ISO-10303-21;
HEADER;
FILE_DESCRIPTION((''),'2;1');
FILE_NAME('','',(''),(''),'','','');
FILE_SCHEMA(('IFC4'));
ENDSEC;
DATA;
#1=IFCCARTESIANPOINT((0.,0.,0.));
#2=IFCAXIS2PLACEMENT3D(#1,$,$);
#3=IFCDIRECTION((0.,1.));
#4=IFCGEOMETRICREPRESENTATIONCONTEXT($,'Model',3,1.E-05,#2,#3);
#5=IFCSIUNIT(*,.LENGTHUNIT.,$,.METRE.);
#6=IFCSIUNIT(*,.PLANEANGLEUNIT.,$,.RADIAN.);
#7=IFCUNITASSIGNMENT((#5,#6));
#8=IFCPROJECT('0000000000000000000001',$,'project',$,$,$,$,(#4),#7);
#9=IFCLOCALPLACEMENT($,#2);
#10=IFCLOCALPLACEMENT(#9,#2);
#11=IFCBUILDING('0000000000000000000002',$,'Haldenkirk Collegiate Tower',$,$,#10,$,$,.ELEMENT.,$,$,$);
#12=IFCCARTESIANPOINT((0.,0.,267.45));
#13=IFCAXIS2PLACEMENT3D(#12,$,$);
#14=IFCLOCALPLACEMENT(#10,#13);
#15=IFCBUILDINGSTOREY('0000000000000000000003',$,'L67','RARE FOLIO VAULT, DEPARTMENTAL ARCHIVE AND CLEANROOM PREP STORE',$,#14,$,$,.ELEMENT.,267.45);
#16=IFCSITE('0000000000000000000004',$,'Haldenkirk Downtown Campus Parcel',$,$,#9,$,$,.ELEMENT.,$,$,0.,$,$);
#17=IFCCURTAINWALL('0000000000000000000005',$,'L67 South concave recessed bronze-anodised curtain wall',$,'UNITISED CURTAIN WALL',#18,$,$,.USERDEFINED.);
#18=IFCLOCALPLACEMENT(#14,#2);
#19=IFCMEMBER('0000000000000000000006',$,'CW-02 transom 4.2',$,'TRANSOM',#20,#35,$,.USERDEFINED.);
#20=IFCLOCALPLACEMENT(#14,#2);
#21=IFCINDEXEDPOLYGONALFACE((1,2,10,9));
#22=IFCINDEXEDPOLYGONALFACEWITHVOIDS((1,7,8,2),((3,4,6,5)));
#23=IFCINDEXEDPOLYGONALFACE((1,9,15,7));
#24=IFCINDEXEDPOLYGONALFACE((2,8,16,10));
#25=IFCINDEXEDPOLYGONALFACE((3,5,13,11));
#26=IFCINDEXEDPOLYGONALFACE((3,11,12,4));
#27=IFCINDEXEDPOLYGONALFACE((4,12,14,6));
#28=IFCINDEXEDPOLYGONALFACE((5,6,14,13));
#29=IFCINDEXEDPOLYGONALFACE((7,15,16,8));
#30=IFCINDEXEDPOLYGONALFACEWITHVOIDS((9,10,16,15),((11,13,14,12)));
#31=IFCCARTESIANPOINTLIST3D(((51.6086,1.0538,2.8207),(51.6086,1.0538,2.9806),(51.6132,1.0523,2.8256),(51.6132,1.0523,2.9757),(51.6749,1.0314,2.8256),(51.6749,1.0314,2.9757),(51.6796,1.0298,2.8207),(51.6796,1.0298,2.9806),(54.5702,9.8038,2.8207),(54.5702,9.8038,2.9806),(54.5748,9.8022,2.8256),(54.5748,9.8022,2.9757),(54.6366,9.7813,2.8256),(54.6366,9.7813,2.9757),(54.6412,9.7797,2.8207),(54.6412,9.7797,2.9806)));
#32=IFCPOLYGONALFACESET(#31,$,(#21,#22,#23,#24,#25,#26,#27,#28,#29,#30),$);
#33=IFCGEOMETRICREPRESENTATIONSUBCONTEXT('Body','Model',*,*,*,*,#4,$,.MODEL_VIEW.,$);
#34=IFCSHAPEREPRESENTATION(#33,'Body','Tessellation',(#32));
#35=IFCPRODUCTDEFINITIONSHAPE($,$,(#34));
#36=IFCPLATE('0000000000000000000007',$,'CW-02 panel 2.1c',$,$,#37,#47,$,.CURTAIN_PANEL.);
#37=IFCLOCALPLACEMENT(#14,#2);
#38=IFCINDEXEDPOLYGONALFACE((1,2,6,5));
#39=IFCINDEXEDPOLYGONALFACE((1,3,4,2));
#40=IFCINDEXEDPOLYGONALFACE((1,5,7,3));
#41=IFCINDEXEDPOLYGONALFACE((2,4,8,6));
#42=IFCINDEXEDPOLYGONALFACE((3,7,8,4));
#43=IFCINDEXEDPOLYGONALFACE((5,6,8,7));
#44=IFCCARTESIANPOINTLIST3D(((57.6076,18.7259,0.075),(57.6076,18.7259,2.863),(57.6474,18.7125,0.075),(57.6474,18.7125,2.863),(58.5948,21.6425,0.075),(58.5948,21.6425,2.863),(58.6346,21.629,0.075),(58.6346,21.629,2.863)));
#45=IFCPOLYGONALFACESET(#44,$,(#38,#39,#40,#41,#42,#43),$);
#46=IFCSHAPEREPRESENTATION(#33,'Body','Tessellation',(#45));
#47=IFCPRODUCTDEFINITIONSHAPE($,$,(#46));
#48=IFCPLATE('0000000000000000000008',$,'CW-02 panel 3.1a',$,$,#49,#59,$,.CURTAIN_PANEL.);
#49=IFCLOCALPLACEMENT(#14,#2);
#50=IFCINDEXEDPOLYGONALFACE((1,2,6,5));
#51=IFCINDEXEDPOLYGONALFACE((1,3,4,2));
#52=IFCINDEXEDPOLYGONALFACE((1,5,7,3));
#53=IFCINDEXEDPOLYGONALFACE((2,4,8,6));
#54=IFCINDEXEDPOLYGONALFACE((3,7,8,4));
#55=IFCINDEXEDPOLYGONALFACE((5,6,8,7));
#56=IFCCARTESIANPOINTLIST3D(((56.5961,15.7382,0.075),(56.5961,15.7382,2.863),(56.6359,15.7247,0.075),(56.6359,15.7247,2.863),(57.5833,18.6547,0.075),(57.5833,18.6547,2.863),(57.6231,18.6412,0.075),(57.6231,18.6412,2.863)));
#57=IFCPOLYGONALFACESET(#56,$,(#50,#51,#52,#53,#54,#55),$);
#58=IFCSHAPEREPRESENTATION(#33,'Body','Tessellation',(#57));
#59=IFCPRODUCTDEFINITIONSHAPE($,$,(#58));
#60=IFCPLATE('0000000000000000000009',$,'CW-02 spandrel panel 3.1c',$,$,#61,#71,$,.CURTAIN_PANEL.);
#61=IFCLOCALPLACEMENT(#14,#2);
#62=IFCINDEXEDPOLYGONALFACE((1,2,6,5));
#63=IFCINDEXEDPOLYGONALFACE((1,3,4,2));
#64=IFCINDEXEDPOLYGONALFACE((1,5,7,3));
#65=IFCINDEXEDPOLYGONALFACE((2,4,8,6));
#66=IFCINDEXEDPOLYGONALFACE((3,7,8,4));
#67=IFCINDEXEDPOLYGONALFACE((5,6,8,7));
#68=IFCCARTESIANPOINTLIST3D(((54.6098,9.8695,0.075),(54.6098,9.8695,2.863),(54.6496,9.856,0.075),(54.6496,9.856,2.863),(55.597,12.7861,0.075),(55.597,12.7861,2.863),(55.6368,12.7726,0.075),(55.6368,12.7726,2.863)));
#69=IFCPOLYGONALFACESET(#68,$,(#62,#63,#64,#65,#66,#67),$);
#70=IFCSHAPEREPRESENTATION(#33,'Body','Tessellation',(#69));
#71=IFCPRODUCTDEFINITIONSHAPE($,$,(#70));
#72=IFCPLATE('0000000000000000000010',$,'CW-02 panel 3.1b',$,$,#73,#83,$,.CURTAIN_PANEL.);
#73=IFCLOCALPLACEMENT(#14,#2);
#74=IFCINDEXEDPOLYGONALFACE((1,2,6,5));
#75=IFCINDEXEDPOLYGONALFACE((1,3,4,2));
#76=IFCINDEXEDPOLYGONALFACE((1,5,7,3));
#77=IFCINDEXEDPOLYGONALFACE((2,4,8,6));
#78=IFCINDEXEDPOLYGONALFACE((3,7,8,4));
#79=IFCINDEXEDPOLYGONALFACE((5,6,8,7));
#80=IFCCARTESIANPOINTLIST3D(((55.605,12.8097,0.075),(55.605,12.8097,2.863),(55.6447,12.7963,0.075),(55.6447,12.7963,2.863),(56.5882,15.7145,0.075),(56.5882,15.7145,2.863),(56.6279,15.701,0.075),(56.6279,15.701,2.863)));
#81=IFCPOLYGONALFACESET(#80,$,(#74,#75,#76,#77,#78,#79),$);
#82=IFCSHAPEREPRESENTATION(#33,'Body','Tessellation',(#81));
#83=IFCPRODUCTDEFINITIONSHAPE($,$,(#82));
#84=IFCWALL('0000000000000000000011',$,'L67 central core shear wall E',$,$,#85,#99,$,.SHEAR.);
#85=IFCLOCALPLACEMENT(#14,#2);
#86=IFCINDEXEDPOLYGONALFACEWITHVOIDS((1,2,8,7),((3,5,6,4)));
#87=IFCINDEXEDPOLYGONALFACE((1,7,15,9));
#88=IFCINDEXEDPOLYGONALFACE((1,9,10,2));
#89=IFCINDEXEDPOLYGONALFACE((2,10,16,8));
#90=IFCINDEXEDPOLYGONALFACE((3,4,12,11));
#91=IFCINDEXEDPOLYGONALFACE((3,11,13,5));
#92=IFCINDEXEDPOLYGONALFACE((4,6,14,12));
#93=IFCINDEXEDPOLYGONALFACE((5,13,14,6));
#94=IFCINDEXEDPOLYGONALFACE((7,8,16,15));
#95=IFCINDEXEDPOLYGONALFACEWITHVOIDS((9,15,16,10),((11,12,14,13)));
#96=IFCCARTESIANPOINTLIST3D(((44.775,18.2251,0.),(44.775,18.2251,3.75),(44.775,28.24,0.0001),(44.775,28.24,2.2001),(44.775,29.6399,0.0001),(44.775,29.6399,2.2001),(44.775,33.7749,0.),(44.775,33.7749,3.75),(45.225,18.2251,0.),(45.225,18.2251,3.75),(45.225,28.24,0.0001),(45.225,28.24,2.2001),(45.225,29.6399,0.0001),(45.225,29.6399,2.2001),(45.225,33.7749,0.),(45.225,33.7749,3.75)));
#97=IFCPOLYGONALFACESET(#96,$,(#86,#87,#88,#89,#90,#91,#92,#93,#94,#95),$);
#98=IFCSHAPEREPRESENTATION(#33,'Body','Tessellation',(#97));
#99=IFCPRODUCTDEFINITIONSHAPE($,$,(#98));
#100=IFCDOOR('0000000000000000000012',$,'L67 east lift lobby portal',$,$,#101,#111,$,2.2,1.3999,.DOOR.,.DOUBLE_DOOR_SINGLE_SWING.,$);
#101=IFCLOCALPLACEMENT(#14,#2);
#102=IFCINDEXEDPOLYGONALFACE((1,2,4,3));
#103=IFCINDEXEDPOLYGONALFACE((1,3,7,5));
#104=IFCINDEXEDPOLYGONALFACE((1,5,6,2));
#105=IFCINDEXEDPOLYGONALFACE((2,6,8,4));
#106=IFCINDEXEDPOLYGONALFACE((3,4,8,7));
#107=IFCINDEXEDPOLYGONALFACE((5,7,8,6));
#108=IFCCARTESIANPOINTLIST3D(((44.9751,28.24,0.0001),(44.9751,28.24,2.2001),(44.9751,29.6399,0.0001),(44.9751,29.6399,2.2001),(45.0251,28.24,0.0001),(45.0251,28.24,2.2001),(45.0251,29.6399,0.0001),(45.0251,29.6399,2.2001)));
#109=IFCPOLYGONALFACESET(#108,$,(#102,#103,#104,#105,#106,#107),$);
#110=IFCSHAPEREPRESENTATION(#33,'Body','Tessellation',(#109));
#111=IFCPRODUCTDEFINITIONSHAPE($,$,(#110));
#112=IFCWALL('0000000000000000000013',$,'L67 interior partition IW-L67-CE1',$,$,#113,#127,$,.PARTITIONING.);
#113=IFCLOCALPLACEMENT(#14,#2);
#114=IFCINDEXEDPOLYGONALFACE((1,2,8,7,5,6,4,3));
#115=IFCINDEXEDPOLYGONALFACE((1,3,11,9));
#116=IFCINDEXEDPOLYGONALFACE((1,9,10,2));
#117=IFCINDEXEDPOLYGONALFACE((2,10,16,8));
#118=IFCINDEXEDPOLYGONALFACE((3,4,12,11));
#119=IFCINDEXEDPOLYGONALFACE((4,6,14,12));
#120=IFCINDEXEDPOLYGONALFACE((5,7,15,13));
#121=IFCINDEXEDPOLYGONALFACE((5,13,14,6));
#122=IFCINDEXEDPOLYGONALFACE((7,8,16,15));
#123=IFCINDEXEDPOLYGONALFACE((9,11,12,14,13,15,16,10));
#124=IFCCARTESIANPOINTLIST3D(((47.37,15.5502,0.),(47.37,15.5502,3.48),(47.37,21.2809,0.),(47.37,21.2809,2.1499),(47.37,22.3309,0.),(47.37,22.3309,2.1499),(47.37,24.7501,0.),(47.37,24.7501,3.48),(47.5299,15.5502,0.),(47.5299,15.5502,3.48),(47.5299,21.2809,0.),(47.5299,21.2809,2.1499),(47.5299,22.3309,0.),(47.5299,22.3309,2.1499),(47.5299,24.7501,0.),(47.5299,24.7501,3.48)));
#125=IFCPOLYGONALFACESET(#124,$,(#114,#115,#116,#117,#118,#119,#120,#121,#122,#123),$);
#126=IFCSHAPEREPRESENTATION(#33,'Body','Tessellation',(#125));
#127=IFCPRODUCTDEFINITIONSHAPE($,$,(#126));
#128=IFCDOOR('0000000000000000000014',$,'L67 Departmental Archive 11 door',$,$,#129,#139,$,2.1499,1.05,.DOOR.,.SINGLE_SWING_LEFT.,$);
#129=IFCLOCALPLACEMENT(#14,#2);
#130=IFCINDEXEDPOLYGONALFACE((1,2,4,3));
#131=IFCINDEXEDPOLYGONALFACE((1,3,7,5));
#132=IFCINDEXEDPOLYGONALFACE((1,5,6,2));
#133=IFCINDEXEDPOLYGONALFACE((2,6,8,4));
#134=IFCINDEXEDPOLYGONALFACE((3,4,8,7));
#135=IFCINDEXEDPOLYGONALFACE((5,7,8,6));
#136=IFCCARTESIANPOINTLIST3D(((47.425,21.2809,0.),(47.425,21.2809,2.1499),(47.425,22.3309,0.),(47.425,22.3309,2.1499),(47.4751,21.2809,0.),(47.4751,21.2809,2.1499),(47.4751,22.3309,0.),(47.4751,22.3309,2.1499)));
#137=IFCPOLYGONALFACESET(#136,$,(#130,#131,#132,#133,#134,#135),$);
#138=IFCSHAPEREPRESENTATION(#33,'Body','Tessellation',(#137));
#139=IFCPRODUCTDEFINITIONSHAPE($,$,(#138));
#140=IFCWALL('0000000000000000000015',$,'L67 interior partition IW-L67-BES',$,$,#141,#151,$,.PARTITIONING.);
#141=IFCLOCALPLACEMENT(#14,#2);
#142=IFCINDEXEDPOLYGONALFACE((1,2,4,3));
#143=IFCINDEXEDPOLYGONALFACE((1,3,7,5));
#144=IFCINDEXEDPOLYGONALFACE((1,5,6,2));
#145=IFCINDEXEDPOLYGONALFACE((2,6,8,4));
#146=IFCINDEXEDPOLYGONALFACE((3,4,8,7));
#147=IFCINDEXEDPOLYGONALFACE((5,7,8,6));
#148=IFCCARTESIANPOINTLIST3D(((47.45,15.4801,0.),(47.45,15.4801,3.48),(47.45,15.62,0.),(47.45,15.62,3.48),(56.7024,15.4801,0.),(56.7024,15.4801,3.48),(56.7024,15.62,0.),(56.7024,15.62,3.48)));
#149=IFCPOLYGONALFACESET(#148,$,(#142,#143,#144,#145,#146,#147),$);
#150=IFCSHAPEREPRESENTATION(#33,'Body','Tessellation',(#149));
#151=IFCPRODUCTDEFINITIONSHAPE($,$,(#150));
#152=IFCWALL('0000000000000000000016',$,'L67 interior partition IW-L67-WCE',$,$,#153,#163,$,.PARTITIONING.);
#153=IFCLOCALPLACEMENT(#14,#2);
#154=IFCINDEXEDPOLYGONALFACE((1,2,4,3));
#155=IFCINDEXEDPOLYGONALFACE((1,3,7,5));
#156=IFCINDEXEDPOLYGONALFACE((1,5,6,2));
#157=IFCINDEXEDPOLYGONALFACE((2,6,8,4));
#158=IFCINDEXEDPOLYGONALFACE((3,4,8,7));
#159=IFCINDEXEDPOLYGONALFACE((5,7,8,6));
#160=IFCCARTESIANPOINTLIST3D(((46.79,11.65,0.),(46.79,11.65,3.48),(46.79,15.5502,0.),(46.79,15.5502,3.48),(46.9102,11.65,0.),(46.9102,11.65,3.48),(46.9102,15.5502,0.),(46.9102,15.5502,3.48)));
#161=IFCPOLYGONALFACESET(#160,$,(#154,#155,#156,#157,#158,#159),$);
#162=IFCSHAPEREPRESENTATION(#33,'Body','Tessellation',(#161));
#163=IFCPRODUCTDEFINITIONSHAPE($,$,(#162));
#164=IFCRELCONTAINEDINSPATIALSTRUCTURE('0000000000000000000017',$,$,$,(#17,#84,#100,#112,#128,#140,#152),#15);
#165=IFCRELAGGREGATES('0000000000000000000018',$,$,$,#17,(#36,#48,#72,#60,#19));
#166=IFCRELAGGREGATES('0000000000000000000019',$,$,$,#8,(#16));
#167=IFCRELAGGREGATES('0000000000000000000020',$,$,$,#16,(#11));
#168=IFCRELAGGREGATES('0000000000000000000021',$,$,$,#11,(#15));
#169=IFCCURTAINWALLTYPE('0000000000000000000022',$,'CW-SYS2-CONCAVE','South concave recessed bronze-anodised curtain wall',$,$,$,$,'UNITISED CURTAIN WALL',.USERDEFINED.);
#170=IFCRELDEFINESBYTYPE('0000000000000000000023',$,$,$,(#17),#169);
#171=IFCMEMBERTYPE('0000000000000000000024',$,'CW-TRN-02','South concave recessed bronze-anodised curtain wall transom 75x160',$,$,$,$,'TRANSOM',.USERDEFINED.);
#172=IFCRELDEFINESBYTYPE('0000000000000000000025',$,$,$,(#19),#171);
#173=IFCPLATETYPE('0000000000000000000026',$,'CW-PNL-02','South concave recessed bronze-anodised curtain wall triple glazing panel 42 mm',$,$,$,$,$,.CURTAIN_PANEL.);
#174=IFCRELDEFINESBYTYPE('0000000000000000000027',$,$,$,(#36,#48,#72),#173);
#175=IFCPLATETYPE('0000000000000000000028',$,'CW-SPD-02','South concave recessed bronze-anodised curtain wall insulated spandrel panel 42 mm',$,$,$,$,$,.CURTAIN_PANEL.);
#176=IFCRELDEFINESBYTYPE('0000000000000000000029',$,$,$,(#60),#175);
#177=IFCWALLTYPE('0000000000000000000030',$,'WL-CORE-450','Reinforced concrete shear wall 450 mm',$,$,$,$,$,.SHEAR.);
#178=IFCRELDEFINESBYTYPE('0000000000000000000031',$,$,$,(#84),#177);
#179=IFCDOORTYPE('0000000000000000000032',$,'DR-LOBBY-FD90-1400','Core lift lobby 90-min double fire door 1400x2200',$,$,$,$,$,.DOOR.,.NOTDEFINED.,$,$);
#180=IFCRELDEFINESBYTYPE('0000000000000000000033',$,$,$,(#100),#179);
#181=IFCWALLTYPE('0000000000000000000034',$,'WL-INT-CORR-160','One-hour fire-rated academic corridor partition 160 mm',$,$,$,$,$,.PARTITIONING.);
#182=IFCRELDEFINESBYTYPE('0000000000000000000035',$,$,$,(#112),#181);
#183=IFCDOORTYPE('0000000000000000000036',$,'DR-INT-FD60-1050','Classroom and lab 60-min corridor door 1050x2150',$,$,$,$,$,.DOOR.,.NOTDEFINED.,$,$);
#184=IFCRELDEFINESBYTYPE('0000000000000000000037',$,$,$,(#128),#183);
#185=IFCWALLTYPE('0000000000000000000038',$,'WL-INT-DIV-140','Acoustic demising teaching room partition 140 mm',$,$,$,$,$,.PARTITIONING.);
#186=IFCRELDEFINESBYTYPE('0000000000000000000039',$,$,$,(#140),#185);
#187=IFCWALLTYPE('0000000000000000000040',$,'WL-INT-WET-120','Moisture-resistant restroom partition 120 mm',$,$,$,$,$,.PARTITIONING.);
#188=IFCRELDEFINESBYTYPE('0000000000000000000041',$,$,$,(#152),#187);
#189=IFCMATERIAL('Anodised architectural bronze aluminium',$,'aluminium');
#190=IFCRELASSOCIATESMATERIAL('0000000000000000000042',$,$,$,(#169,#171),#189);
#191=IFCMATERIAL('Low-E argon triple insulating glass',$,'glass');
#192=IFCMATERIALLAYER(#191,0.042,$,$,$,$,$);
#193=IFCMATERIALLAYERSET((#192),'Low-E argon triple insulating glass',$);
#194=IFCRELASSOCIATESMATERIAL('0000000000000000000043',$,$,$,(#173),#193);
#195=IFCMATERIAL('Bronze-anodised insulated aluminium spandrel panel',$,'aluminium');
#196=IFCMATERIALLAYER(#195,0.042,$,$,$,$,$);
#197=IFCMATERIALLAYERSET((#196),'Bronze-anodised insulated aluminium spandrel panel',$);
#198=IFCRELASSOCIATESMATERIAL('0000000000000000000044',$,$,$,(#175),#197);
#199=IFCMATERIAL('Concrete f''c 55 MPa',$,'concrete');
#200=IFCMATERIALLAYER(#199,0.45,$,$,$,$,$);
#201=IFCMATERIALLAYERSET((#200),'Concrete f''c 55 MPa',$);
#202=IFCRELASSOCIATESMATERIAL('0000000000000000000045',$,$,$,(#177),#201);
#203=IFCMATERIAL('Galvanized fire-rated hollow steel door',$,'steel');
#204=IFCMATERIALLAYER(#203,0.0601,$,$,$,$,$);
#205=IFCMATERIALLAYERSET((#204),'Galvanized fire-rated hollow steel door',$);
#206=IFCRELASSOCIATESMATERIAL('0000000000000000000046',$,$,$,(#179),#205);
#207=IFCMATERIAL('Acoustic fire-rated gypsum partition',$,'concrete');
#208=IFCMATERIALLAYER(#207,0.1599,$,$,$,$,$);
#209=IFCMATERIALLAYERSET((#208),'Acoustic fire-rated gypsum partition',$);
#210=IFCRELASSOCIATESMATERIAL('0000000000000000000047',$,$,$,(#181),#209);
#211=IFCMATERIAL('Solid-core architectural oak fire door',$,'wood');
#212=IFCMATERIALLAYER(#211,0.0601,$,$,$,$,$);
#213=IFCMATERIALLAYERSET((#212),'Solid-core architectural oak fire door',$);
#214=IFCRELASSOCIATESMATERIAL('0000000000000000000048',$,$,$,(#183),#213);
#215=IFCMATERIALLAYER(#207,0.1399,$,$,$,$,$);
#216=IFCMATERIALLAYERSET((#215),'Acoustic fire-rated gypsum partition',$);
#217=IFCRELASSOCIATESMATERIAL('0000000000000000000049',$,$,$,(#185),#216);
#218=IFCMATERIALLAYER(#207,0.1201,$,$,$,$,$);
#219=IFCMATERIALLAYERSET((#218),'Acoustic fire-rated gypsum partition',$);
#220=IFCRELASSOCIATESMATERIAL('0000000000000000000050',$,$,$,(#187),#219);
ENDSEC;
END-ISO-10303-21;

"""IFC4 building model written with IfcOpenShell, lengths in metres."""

from ifc_helpers import new_model, si_unit, direction, frame, frame_2d, origin, origin_2d, place, context, subcontext, project, spatial, rectangle, hollow_rectangle, extrude, source, transform, mapped, material, layer, layer_set, material_profile, profile_set, type_object, element, fill, aggregate, save


model = new_model("IFC4")

# Units and contexts
model_context = context("Model", 3, precision=1e-05, world=origin(), true_north=direction((0.0, 1.0)))
body_context = subcontext(model_context, "Body", "Model", "MODEL_VIEW")
ifc_project = project(units=[si_unit("LENGTHUNIT", "METRE"), si_unit("PLANEANGLEUNIT", "RADIAN")], contexts=[model_context])

# Site, building, storey
site_placement = place(None, origin())
site = spatial("IfcSite", under=ifc_project, at=site_placement, Name="Haldenkirk Downtown Campus Parcel", CompositionType="ELEMENT", RefElevation=0.0)
building_placement = place(site_placement, origin())
building = spatial("IfcBuilding", under=site, at=building_placement, Name="Haldenkirk Collegiate Tower", CompositionType="ELEMENT")
storey_placement = place(building_placement, frame((0.0, 0.0, 267.45)))
storey = spatial("IfcBuildingStorey", under=building, at=storey_placement, Name="L67", Description="RARE FOLIO VAULT, DEPARTMENTAL ARCHIVE AND CLEANROOM PREP STORE", CompositionType="ELEMENT", Elevation=267.45)

# Curtain wall, member, plates
ifc_material_1 = material(Name="Anodised architectural bronze aluminium", Category="aluminium")
curtain_wall_type = type_object("IfcCurtainWallType", Name="CW-SYS2-CONCAVE", Description="South concave recessed bronze-anodised curtain wall", ElementType="UNITISED CURTAIN WALL", PredefinedType="USERDEFINED", material=ifc_material_1)
curtain_wall_placement = place(storey_placement, origin())
curtain_wall = element("IfcCurtainWall", 1, at=curtain_wall_placement, inside=storey, type_object=curtain_wall_type, Name="L67 South concave recessed bronze-anodised curtain wall", ObjectType="UNITISED CURTAIN WALL", PredefinedType="USERDEFINED")
ifc_material_profile_1 = material_profile(ifc_material_1, hollow_rectangle(XDim=0.075, YDim=0.1599, WallThickness=0.0049, at=origin_2d()), Name="CW-TRN-02")
ifc_profile_set_1 = profile_set([ifc_material_profile_1], Name="Anodised architectural bronze aluminium")
member_type_1 = type_object("IfcMemberType", Name="CW-TRN-02", Description="South concave recessed bronze-anodised curtain wall transom 75x160", ElementType="TRANSOM", PredefinedType="USERDEFINED", material=ifc_profile_set_1)
member_1_placement = place(storey_placement, frame((54.6057, 9.7917, 2.9006), z_axis=(-0.320609, -0.947212, 0.0), x_axis=(0.947212, -0.320609, 0.0)))
member_1 = element("IfcMember", 2, at=member_1_placement, type_object=member_type_1, Name="CW-02 transom 4.2", ObjectType="TRANSOM", PredefinedType="USERDEFINED", context=body_context, shape_type="SweptSolid", body=[
    extrude(hollow_rectangle(XDim=0.075, YDim=0.1599, WallThickness=0.0049, at=origin_2d()), origin(), (0.0, 0.0, 1.0), 9.2375),
])
ifc_material_2 = material(Name="Low-E argon triple insulating glass", Category="glass")
ifc_layer_1 = layer(ifc_material_2, 0.042)
ifc_layer_set_1 = layer_set([ifc_layer_1], Name="Low-E argon triple insulating glass")
plate_type_1 = type_object("IfcPlateType", Name="CW-PNL-02", Description="South concave recessed bronze-anodised curtain wall triple glazing panel 42 mm", PredefinedType="CURTAIN_PANEL", material=ifc_layer_set_1)
shared_shape_1 = source(origin(), body_context, "Body", "SweptSolid", [
    extrude(rectangle(XDim=3.0791, YDim=0.042, at=origin_2d()), origin(), (0.0, 0.0, 1.0), 2.7881),
])
plate_1_placement = place(storey_placement, frame((58.1211, 20.1775, 0.075), z_axis=(0.0, 0.0, 1.0), x_axis=(-0.320613, -0.94721, 0.0)))
plate_1 = element("IfcPlate", 3, at=plate_1_placement, type_object=plate_type_1, Name="CW-02 panel 2.1c", PredefinedType="CURTAIN_PANEL", context=body_context, shape_type="MappedRepresentation", body=[
    mapped(shared_shape_1, transform((0.0, 0.0, 0.0), x_axis=(1.0, 0.0, 0.0), y_axis=(0.0, 1.0, 0.0), z_axis=(0.0, 0.0, 1.0), scale=1.0)),
])
plate_2_placement = place(storey_placement, frame((57.1096, 17.1897, 0.075), z_axis=(0.0, 0.0, 1.0), x_axis=(-0.320613, -0.94721, 0.0)))
plate_2 = element("IfcPlate", 4, at=plate_2_placement, type_object=plate_type_1, Name="CW-02 panel 3.1a", PredefinedType="CURTAIN_PANEL", context=body_context, shape_type="MappedRepresentation", body=[
    mapped(shared_shape_1, transform((0.0, 0.0, 0.0), x_axis=(1.0, 0.0, 0.0), y_axis=(0.0, 1.0, 0.0), z_axis=(0.0, 0.0, 1.0), scale=1.0)),
])
ifc_material_3 = material(Name="Bronze-anodised insulated aluminium spandrel panel", Category="aluminium")
ifc_layer_2 = layer(ifc_material_3, 0.042)
ifc_layer_set_2 = layer_set([ifc_layer_2], Name="Bronze-anodised insulated aluminium spandrel panel")
plate_type_2 = type_object("IfcPlateType", Name="CW-SPD-02", Description="South concave recessed bronze-anodised curtain wall insulated spandrel panel 42 mm", PredefinedType="CURTAIN_PANEL", material=ifc_layer_set_2)
plate_3_placement = place(storey_placement, frame((55.1233, 11.321, 0.075), z_axis=(0.0, 0.0, 1.0), x_axis=(-0.320613, -0.94721, 0.0)))
plate_3 = element("IfcPlate", 5, at=plate_3_placement, type_object=plate_type_2, Name="CW-02 spandrel panel 3.1c", PredefinedType="CURTAIN_PANEL", context=body_context, shape_type="MappedRepresentation", body=[
    mapped(shared_shape_1, transform((0.0, 0.0, 0.0), x_axis=(1.0, 0.0, 0.0), y_axis=(0.0, 1.0, 0.0), z_axis=(0.0, 0.0, 1.0), scale=1.0)),
])
shared_shape_2 = source(origin(), body_context, "Body", "SweptSolid", [
    extrude(rectangle(XDim=3.0667, YDim=0.042, at=origin_2d()), origin(), (0.0, 0.0, 1.0), 2.7881),
])
plate_4_placement = place(storey_placement, frame((56.1165, 14.2554, 0.075), z_axis=(0.0, 0.0, 1.0), x_axis=(-0.320613, -0.94721, 0.0)))
plate_4 = element("IfcPlate", 6, at=plate_4_placement, type_object=plate_type_1, Name="CW-02 panel 3.1b", PredefinedType="CURTAIN_PANEL", context=body_context, shape_type="MappedRepresentation", body=[
    mapped(shared_shape_2, transform((0.0, 0.0, 0.0), x_axis=(1.0, 0.0, 0.0), y_axis=(0.0, 1.0, 0.0), z_axis=(0.0, 0.0, 1.0), scale=1.0)),
])
aggregate(curtain_wall, [plate_1, plate_2, plate_4, plate_3, member_1])

# Walls, openings, doors
ifc_material_4 = material(Name="Concrete f'c 55 MPa", Category="concrete")
ifc_layer_3 = layer(ifc_material_4, 0.45)
ifc_layer_set_3 = layer_set([ifc_layer_3], Name="Concrete f'c 55 MPa")
wall_type_1 = type_object("IfcWallType", Name="WL-CORE-450", Description="Reinforced concrete shear wall 450 mm", PredefinedType="SHEAR", material=ifc_layer_set_3)
wall_1_placement = place(storey_placement, frame((45.0, 18.2251, 0.0), z_axis=(0.0, 0.0, 1.0), x_axis=(0.0, 1.0, 0.0)))
wall_1 = element("IfcWall", 7, at=wall_1_placement, inside=storey, type_object=wall_type_1, Name="L67 central core shear wall E", PredefinedType="SHEAR", context=body_context, shape_type="SweptSolid", body=[
    extrude(rectangle(XDim=15.5498, YDim=0.45, at=frame_2d((7.7749, 0.0))), origin(), (0.0, 0.0, 1.0), 3.75),
])
opening_1_placement = place(wall_1_placement, frame((10.0149, 0.0, 0.0)))
opening_1 = element("IfcOpeningElement", 8, at=opening_1_placement, cuts=wall_1, PredefinedType="OPENING", context=body_context, shape_type="SweptSolid", body=[
    extrude(rectangle(XDim=1.3999, YDim=2.2, at=frame_2d((0.7, 1.1001))), frame((0.0, 0.2349, 0.0), z_axis=(0.0, -1.0, 0.0), x_axis=(1.0, 0.0, 0.0)), (0.0, 0.0, 1.0), 0.47),
])
ifc_material_5 = material(Name="Galvanized fire-rated hollow steel door", Category="steel")
ifc_layer_4 = layer(ifc_material_5, 0.0601)
ifc_layer_set_4 = layer_set([ifc_layer_4], Name="Galvanized fire-rated hollow steel door")
door_type_1 = type_object("IfcDoorType", Name="DR-LOBBY-FD90-1400", Description="Core lift lobby 90-min double fire door 1400x2200", OperationType="NOTDEFINED", PredefinedType="DOOR", material=ifc_layer_set_4)
door_1_placement = place(opening_1_placement, origin())
door_1 = element("IfcDoor", 9, at=door_1_placement, inside=storey, type_object=door_type_1, Name="L67 east lift lobby portal", OperationType="DOUBLE_DOOR_SINGLE_SWING", OverallHeight=2.2, OverallWidth=1.3999, PredefinedType="DOOR", context=body_context, shape_type="SweptSolid", body=[
    extrude(rectangle(XDim=1.3999, YDim=2.2, at=frame_2d((0.7, 1.1001))), frame((0.0, 0.0249, 0.0), z_axis=(0.0, -1.0, 0.0), x_axis=(1.0, 0.0, 0.0)), (0.0, 0.0, 1.0), 0.05),
])
fill(opening_1, door_1)
ifc_material_6 = material(Name="Acoustic fire-rated gypsum partition", Category="concrete")
ifc_layer_5 = layer(ifc_material_6, 0.1599)
ifc_layer_set_5 = layer_set([ifc_layer_5], Name="Acoustic fire-rated gypsum partition")
wall_type_2 = type_object("IfcWallType", Name="WL-INT-CORR-160", Description="One-hour fire-rated academic corridor partition 160 mm", PredefinedType="PARTITIONING", material=ifc_layer_set_5)
wall_2_placement = place(storey_placement, frame((47.45, 15.55, 0.0), z_axis=(0.0, 0.0, 1.0), x_axis=(0.0, 1.0, 0.0)))
wall_2 = element("IfcWall", 10, at=wall_2_placement, inside=storey, type_object=wall_type_2, Name="L67 interior partition IW-L67-CE1", PredefinedType="PARTITIONING", context=body_context, shape_type="SweptSolid", body=[
    extrude(rectangle(XDim=9.2, YDim=0.1599, at=frame_2d((4.6001, 0.0))), origin(), (0.0, 0.0, 1.0), 3.48),
])
opening_2_placement = place(wall_2_placement, frame((5.731, 0.0, 0.0)))
opening_2 = element("IfcOpeningElement", 11, at=opening_2_placement, cuts=wall_2, PredefinedType="OPENING", context=body_context, shape_type="SweptSolid", body=[
    extrude(rectangle(XDim=1.05, YDim=2.1499, at=frame_2d((0.5249, 1.075))), frame((0.0, 0.0898, 0.0), z_axis=(0.0, -1.0, 0.0), x_axis=(1.0, 0.0, 0.0)), (0.0, 0.0, 1.0), 0.1799),
])
ifc_material_7 = material(Name="Solid-core architectural oak fire door", Category="wood")
ifc_layer_6 = layer(ifc_material_7, 0.0601)
ifc_layer_set_6 = layer_set([ifc_layer_6], Name="Solid-core architectural oak fire door")
door_type_2 = type_object("IfcDoorType", Name="DR-INT-FD60-1050", Description="Classroom and lab 60-min corridor door 1050x2150", OperationType="NOTDEFINED", PredefinedType="DOOR", material=ifc_layer_set_6)
door_2_placement = place(opening_2_placement, origin())
door_2 = element("IfcDoor", 12, at=door_2_placement, inside=storey, type_object=door_type_2, Name="L67 Departmental Archive 11 door", OperationType="SINGLE_SWING_LEFT", OverallHeight=2.1499, OverallWidth=1.05, PredefinedType="DOOR", context=body_context, shape_type="SweptSolid", body=[
    extrude(rectangle(XDim=1.05, YDim=2.1499, at=frame_2d((0.5249, 1.075))), frame((0.0, 0.0249, 0.0), z_axis=(0.0, -1.0, 0.0), x_axis=(1.0, 0.0, 0.0)), (0.0, 0.0, 1.0), 0.05),
])
fill(opening_2, door_2)

# Walls
ifc_layer_7 = layer(ifc_material_6, 0.1399)
ifc_layer_set_7 = layer_set([ifc_layer_7], Name="Acoustic fire-rated gypsum partition")
wall_type_3 = type_object("IfcWallType", Name="WL-INT-DIV-140", Description="Acoustic demising teaching room partition 140 mm", PredefinedType="PARTITIONING", material=ifc_layer_set_7)
wall_3_placement = place(storey_placement, frame((47.45, 15.55, 0.0), z_axis=(0.0, 0.0, 1.0), x_axis=(1.0, 0.0, 0.0)))
element("IfcWall", 13, at=wall_3_placement, inside=storey, type_object=wall_type_3, Name="L67 interior partition IW-L67-BES", PredefinedType="PARTITIONING", context=body_context, shape_type="SweptSolid", body=[
    extrude(rectangle(XDim=9.2524, YDim=0.1399, at=frame_2d((4.6262, 0.0))), origin(), (0.0, 0.0, 1.0), 3.48),
])
ifc_layer_8 = layer(ifc_material_6, 0.1201)
ifc_layer_set_8 = layer_set([ifc_layer_8], Name="Acoustic fire-rated gypsum partition")
wall_type_4 = type_object("IfcWallType", Name="WL-INT-WET-120", Description="Moisture-resistant restroom partition 120 mm", PredefinedType="PARTITIONING", material=ifc_layer_set_8)
wall_4_placement = place(storey_placement, frame((46.8501, 11.6499, 0.0), z_axis=(0.0, 0.0, 1.0), x_axis=(0.0, 1.0, 0.0)))
element("IfcWall", 14, at=wall_4_placement, inside=storey, type_object=wall_type_4, Name="L67 interior partition IW-L67-WCE", PredefinedType="PARTITIONING", context=body_context, shape_type="SweptSolid", body=[
    extrude(rectangle(XDim=3.9001, YDim=0.1201, at=frame_2d((1.9502, 0.0))), origin(), (0.0, 0.0, 1.0), 3.48),
])

save(model, "model.ifc")
